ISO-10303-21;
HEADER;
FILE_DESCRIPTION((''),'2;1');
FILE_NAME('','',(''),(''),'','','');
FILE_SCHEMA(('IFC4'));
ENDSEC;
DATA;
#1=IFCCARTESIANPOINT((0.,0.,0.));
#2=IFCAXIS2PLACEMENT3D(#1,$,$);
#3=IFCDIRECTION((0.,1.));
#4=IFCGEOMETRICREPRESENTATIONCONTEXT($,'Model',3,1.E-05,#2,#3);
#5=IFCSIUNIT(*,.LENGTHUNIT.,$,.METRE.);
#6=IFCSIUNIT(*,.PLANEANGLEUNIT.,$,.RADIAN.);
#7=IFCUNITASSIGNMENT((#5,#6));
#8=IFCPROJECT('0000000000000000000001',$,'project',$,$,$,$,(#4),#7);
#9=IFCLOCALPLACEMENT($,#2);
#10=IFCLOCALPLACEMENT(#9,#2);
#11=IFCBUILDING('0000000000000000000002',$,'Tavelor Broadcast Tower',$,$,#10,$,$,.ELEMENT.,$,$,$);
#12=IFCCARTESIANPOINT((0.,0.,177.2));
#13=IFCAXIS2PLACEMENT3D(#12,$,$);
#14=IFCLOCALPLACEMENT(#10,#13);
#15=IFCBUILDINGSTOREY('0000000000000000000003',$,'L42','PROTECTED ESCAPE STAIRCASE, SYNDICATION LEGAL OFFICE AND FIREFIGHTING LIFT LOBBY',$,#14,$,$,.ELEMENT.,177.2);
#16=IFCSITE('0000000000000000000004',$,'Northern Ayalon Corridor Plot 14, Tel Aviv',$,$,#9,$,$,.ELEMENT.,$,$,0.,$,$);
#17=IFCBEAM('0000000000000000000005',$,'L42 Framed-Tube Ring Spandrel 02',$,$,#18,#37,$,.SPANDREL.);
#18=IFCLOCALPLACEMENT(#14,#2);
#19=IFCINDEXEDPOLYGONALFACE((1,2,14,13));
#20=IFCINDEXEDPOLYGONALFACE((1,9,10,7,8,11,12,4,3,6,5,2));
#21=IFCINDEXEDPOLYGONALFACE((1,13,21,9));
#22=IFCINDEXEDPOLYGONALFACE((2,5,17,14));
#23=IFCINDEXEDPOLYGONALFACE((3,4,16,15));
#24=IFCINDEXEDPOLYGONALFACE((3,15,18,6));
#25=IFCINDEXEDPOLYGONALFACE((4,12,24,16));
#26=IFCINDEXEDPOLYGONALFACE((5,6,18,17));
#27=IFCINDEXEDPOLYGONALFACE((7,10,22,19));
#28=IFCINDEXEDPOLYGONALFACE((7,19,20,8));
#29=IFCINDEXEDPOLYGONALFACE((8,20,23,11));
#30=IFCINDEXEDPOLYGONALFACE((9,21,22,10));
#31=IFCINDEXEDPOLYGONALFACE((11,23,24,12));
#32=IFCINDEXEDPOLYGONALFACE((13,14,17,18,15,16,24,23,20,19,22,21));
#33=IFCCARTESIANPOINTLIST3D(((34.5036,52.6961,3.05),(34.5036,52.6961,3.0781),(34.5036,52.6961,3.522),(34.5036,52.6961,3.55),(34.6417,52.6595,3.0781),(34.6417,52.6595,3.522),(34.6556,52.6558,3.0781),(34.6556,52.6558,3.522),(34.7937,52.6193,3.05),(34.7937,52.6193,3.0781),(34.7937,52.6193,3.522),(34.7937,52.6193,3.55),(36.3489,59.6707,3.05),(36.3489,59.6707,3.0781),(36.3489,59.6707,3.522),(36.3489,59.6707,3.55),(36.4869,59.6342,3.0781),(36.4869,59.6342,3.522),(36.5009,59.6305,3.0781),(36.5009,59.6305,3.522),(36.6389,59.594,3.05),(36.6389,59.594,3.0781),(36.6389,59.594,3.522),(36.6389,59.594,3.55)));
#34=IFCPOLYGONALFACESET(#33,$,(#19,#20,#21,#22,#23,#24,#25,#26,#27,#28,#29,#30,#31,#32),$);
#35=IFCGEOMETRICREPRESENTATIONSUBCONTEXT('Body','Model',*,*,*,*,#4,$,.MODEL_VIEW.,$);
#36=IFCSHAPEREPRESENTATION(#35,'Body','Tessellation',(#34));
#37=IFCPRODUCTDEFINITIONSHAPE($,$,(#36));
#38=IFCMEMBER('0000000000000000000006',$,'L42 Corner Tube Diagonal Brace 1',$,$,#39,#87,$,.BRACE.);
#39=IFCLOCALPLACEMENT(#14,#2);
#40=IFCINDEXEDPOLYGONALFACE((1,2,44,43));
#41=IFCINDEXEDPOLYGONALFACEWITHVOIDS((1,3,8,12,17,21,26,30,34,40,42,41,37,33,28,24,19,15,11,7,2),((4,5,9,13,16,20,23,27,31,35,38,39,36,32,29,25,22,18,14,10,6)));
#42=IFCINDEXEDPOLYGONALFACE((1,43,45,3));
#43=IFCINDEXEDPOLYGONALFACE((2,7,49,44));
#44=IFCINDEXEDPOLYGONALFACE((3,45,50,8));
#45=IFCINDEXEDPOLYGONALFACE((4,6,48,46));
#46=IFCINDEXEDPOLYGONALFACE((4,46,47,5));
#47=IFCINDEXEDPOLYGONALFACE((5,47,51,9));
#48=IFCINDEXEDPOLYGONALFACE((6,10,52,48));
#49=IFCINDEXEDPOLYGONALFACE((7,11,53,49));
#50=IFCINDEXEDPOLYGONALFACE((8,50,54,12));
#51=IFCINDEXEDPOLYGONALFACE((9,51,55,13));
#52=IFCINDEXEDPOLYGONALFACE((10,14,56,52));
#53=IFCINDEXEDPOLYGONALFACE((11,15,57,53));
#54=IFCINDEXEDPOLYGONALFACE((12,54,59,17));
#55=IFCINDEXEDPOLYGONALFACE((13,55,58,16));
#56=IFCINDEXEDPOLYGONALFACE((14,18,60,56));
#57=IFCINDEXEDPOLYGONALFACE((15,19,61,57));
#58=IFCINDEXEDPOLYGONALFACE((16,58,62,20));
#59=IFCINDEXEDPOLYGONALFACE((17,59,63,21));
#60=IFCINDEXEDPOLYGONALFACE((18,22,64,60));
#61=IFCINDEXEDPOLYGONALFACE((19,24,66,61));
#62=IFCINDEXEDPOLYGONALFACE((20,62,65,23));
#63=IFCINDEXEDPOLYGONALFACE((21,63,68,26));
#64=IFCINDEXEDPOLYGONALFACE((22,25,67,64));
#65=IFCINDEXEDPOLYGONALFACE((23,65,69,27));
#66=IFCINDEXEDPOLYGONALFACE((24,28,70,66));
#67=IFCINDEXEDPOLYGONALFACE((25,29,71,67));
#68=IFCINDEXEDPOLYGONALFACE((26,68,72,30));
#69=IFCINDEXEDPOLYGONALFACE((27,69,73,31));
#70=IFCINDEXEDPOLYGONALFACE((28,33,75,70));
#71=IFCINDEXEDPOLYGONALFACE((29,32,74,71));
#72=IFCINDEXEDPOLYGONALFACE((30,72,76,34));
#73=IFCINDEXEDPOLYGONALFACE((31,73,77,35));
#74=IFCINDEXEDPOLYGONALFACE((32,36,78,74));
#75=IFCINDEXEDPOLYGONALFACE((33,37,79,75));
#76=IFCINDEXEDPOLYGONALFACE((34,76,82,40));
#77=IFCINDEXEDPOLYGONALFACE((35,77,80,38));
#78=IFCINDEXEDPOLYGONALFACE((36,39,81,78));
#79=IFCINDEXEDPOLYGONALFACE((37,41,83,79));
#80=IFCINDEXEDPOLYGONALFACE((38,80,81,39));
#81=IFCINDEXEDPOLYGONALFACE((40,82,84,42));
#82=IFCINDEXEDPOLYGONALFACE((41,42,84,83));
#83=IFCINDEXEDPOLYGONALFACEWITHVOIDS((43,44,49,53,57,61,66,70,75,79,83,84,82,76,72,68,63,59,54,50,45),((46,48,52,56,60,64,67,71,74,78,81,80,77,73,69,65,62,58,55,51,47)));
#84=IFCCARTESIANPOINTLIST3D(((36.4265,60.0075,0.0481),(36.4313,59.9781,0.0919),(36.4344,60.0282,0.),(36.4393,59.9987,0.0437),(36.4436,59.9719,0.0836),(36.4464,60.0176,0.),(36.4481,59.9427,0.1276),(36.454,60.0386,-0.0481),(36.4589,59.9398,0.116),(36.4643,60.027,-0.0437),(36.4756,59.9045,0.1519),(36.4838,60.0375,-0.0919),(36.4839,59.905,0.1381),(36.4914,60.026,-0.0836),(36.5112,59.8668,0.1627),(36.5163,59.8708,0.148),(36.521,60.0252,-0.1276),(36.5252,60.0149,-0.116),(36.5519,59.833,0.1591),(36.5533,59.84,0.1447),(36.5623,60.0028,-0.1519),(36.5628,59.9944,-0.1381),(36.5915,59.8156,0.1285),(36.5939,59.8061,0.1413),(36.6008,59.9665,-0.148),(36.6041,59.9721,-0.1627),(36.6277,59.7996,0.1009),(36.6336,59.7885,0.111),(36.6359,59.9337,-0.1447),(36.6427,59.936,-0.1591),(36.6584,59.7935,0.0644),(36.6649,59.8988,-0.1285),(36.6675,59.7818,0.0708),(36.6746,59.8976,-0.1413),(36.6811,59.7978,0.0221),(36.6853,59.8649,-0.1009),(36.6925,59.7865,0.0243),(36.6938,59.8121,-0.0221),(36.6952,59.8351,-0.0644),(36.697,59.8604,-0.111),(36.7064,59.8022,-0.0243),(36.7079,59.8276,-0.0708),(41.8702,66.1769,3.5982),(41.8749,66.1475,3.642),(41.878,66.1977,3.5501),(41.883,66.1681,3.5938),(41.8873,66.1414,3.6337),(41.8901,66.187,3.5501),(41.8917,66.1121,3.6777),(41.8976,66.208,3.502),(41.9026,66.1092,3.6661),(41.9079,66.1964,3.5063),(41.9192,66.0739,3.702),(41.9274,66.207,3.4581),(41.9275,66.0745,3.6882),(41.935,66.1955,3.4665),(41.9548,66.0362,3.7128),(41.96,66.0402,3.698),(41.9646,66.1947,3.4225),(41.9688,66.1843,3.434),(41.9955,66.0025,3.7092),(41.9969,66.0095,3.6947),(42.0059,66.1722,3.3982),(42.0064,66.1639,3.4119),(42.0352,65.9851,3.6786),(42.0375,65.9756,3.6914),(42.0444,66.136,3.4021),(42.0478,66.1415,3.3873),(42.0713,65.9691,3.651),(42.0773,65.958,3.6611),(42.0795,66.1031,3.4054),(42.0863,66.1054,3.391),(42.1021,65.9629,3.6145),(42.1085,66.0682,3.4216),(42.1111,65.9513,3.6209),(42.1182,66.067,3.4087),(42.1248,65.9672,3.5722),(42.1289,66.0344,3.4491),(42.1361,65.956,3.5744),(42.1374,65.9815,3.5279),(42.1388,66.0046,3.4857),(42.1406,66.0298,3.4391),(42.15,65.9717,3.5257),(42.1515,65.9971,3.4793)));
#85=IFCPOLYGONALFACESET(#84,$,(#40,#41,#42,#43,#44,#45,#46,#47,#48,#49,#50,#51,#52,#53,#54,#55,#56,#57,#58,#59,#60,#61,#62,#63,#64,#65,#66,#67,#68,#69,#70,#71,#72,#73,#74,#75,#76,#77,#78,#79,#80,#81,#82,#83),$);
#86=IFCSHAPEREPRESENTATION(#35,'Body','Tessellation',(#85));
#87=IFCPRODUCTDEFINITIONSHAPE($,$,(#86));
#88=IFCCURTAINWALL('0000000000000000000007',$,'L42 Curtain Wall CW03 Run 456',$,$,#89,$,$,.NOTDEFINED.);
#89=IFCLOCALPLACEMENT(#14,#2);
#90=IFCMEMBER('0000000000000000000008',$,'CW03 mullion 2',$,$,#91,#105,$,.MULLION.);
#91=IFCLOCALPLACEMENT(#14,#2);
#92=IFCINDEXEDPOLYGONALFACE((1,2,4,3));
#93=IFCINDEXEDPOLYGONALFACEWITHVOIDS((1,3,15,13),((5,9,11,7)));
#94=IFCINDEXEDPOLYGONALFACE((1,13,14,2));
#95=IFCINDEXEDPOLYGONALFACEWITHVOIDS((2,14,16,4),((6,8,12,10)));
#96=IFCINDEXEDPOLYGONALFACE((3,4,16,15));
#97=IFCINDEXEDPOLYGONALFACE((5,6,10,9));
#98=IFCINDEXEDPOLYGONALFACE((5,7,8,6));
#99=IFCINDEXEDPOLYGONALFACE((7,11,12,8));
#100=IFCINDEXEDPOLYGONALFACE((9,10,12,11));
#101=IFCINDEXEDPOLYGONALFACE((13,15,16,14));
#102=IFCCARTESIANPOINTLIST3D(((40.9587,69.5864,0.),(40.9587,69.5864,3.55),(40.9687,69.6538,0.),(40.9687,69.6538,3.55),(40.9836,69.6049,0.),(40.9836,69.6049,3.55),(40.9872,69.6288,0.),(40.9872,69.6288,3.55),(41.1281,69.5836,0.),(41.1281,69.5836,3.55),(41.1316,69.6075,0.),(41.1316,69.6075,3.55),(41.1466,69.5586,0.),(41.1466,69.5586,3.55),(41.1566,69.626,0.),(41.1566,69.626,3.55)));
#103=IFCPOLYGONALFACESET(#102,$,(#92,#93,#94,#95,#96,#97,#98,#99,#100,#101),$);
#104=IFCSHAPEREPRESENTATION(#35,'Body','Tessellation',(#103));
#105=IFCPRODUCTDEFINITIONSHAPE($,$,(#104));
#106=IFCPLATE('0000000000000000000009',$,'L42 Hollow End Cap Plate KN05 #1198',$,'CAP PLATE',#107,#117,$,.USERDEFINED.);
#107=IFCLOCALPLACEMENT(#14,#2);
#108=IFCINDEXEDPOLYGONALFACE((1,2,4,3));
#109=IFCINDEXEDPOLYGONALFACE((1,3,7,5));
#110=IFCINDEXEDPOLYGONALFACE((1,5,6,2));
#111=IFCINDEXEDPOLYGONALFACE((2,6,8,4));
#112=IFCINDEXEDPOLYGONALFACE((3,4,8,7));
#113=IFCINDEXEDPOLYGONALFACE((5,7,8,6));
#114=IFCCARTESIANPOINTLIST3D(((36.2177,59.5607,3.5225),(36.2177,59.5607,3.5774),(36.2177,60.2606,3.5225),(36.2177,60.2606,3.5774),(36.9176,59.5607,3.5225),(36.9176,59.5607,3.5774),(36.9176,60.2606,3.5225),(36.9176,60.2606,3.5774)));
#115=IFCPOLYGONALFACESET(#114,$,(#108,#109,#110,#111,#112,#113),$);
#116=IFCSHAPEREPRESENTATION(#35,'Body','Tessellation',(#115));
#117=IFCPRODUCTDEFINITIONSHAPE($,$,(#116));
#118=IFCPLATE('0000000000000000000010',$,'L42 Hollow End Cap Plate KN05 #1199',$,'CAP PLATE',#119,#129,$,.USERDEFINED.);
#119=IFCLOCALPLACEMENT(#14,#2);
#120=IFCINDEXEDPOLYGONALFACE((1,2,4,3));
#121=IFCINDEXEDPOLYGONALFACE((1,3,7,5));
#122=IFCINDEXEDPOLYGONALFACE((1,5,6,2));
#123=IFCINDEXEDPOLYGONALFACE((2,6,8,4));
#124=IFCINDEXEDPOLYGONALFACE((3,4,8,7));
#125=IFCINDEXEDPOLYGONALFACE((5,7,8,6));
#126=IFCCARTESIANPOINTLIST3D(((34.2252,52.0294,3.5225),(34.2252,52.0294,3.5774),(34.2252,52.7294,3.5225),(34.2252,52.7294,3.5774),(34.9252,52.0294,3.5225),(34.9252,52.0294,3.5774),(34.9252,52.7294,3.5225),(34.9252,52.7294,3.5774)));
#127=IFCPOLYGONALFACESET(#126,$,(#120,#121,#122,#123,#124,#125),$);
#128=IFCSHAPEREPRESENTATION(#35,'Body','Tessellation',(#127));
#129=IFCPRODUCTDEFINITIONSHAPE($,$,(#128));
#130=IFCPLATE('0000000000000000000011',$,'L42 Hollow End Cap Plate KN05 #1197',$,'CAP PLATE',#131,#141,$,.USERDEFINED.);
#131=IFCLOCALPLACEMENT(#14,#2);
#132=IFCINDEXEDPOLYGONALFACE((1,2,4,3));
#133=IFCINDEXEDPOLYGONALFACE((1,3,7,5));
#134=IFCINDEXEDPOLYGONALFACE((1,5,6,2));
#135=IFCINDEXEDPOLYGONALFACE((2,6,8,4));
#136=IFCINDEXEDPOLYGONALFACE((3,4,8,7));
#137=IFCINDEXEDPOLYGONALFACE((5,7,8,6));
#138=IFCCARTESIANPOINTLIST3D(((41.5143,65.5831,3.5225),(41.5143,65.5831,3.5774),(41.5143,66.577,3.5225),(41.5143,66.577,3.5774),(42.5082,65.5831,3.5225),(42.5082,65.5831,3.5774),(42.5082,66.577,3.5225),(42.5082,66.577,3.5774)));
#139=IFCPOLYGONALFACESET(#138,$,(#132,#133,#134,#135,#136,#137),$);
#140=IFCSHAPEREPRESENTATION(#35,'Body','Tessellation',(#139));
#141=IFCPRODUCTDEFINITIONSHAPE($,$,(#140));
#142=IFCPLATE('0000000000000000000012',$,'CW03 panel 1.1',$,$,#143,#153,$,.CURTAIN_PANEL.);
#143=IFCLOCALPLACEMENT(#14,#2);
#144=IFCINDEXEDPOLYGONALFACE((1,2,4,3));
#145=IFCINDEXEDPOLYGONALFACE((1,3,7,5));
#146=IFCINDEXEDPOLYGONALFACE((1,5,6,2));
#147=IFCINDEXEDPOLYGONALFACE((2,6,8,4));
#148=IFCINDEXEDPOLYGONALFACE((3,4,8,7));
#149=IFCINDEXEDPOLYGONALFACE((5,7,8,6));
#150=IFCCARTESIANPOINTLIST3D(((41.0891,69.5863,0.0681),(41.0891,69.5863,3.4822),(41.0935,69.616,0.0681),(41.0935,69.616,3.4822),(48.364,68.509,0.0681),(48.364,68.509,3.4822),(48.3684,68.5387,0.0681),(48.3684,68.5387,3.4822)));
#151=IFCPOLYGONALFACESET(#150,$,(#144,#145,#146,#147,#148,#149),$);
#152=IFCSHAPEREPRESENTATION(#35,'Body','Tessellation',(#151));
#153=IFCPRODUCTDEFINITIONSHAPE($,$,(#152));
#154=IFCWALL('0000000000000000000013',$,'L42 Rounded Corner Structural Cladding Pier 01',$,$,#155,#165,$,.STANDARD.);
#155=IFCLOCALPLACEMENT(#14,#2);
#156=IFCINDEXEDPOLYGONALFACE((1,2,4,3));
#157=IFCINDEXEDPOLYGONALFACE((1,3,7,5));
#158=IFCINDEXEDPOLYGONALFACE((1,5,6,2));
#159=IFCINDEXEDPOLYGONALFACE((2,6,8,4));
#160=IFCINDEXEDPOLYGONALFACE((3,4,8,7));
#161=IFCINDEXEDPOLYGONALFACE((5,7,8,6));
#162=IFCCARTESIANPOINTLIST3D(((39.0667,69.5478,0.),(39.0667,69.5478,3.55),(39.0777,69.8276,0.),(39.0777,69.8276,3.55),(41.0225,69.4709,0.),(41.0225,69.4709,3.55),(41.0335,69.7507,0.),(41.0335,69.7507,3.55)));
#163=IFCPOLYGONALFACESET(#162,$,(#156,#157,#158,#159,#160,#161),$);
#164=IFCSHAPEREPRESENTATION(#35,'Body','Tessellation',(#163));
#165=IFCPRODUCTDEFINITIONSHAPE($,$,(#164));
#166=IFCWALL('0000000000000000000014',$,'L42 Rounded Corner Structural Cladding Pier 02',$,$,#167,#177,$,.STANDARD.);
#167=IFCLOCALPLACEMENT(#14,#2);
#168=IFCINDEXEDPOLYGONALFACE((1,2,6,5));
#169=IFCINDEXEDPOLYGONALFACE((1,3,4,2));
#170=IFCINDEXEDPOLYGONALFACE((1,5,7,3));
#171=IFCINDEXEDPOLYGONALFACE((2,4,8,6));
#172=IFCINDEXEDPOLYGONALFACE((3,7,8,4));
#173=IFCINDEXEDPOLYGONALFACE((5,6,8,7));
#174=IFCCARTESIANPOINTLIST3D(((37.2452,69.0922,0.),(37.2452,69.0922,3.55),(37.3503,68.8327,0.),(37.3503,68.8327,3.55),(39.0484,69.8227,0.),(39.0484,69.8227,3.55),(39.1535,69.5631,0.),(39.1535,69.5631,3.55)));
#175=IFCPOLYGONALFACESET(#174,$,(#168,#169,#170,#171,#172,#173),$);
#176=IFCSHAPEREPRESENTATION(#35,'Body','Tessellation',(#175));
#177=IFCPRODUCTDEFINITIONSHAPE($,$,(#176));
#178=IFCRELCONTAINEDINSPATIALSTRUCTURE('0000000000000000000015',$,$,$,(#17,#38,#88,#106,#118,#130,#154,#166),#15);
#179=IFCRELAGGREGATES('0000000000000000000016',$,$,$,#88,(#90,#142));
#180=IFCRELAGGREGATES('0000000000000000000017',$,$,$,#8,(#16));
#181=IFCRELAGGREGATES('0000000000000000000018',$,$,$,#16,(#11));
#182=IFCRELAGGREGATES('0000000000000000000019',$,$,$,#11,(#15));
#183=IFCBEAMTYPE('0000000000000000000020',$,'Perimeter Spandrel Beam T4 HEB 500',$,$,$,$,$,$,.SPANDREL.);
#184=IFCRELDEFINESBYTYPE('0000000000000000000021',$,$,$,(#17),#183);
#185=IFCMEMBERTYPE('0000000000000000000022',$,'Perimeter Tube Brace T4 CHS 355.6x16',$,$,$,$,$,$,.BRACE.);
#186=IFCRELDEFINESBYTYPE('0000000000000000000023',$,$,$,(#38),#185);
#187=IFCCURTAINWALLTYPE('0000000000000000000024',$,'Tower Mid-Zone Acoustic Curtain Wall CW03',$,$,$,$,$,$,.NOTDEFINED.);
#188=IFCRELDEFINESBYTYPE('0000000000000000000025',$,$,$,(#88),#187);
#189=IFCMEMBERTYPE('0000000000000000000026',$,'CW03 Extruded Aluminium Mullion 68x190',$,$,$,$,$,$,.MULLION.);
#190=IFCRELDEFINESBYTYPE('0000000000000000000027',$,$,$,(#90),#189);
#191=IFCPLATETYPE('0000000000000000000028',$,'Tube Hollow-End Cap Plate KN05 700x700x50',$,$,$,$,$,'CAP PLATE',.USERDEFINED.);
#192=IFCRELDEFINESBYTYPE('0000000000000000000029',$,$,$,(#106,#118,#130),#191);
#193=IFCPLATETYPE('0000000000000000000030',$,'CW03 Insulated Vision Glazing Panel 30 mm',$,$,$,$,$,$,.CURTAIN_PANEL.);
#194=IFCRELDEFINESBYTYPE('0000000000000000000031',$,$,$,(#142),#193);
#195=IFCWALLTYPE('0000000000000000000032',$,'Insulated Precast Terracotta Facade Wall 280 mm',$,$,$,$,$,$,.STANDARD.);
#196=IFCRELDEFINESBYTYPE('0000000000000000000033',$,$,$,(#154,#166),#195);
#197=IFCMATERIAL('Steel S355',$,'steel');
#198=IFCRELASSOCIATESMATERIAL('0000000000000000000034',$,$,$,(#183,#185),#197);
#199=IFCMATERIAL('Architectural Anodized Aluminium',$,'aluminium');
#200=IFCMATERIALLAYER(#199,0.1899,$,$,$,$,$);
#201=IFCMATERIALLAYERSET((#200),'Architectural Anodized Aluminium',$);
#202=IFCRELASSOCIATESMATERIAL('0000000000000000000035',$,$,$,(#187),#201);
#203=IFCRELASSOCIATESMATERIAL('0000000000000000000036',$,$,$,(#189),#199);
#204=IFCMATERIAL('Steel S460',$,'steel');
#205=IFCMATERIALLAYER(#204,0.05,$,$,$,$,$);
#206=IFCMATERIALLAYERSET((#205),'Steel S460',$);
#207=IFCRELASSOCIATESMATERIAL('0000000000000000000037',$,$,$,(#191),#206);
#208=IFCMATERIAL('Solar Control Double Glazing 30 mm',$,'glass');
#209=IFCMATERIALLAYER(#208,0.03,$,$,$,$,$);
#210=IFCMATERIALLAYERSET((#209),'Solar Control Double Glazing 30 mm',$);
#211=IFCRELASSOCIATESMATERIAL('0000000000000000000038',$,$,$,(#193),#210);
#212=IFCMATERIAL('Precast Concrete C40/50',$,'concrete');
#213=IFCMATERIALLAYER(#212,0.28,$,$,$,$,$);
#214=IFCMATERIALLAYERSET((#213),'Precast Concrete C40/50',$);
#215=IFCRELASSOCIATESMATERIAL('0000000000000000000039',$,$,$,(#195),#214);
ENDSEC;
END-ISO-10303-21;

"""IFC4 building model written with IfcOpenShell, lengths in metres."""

from ifc_helpers import new_model, si_unit, direction, frame, frame_2d, origin, origin_2d, place, context, subcontext, project, spatial, rectangle, hollow_rectangle, hollow_circle, i_section, extrude, source, transform, mapped, material, layer, layer_set, material_profile, profile_set, type_object, type_shapes, element, aggregate, save


model = new_model("IFC4")

# Units and contexts
model_context = context("Model", 3, precision=1e-05, world=origin(), true_north=direction((0.0, 1.0)))
body_context = subcontext(model_context, "Body", "Model", "MODEL_VIEW")
ifc_project = project(units=[si_unit("LENGTHUNIT", "METRE"), si_unit("PLANEANGLEUNIT", "RADIAN")], contexts=[model_context])

# Site, building, storey
site_placement = place(None, origin())
site = spatial("IfcSite", under=ifc_project, at=site_placement, Name="Northern Ayalon Corridor Plot 14, Tel Aviv", CompositionType="ELEMENT", RefElevation=0.0)
building_placement = place(site_placement, origin())
building = spatial("IfcBuilding", under=site, at=building_placement, Name="Tavelor Broadcast Tower", CompositionType="ELEMENT")
storey_placement = place(building_placement, frame((0.0, 0.0, 177.2)))
storey = spatial("IfcBuildingStorey", under=building, at=storey_placement, Name="L42", Description="PROTECTED ESCAPE STAIRCASE, SYNDICATION LEGAL OFFICE AND FIREFIGHTING LIFT LOBBY", CompositionType="ELEMENT", Elevation=177.2)

# Shared definitions
ifc_material_1 = material(Name="Steel S460", Category="steel")

# Beam
ifc_material_2 = material(Name="Steel S355", Category="steel")
ifc_material_profile_1 = material_profile(ifc_material_2, i_section(OverallWidth=0.3, OverallDepth=0.5, WebThickness=0.0144, FlangeThickness=0.0281, at=origin_2d()), Name="HEB 500")
ifc_profile_set_1 = profile_set([ifc_material_profile_1], Name="Steel S355")
beam_type_1 = type_object("IfcBeamType", Name="Perimeter Spandrel Beam T4 HEB 500", PredefinedType="SPANDREL", material=ifc_profile_set_1)
beam_1_placement = place(storey_placement, frame((36.4939, 59.6323, 3.3), z_axis=(-0.255762, -0.96674, 0.0), x_axis=(0.96674, -0.255762, 0.0)))
element("IfcBeam", 1, at=beam_1_placement, inside=storey, type_object=beam_type_1, Name="L42 Framed-Tube Ring Spandrel 02", PredefinedType="SPANDREL", context=body_context, shape_type="SweptSolid", body=[
    extrude(i_section(OverallWidth=0.3, OverallDepth=0.5, WebThickness=0.0144, FlangeThickness=0.0281, at=origin_2d()), origin(), (0.0, 0.0, 1.0), 7.2146),
])

# Member
ifc_material_profile_2 = material_profile(ifc_material_2, hollow_circle(Radius=0.1777, WallThickness=0.0161, at=origin_2d()), Name="CHS 355.6x16")
ifc_profile_set_2 = profile_set([ifc_material_profile_2], Name="Steel S355")
member_type_1 = type_object("IfcMemberType", Name="Perimeter Tube Brace T4 CHS 355.6x16", PredefinedType="BRACE", material=ifc_profile_set_2)
member_1_placement = place(storey_placement, frame((36.5676, 59.9106, 0.0), z_axis=(0.607485, 0.688484, 0.396171), x_axis=(-0.749839, 0.661621, 0.0)))
element("IfcMember", 2, at=member_1_placement, inside=storey, type_object=member_type_1, Name="L42 Corner Tube Diagonal Brace 1", PredefinedType="BRACE", context=body_context, shape_type="SweptSolid", body=[
    extrude(hollow_circle(Radius=0.1777, WallThickness=0.0161, at=origin_2d()), origin(), (0.0, 0.0, 1.0), 8.9609),
])

# Curtain wall, member
ifc_material_3 = material(Name="Architectural Anodized Aluminium", Category="aluminium")
ifc_layer_1 = layer(ifc_material_3, 0.1899)
ifc_layer_set_1 = layer_set([ifc_layer_1], Name="Architectural Anodized Aluminium")
curtain_wall_type = type_object("IfcCurtainWallType", Name="Tower Mid-Zone Acoustic Curtain Wall CW03", PredefinedType="NOTDEFINED", material=ifc_layer_set_1)
curtain_wall_placement = place(storey_placement, origin())
curtain_wall = element("IfcCurtainWall", 3, at=curtain_wall_placement, inside=storey, type_object=curtain_wall_type, Name="L42 Curtain Wall CW03 Run 456", PredefinedType="NOTDEFINED")
ifc_material_profile_3 = material_profile(ifc_material_3, hollow_rectangle(XDim=0.0681, YDim=0.1899, WallThickness=0.022, at=origin_2d()), Name="RHS 68x190x22")
ifc_profile_set_3 = profile_set([ifc_material_profile_3], Name="Architectural Anodized Aluminium")
member_type_2 = type_object("IfcMemberType", Name="CW03 Extruded Aluminium Mullion 68x190", PredefinedType="MULLION", material=ifc_profile_set_3)
shared_shape_1 = source(origin(), body_context, "Body", "SweptSolid", [
    extrude(hollow_rectangle(XDim=0.0681, YDim=0.1899, WallThickness=0.022, at=origin_2d()), origin(), (0.0, 0.0, 1.0), 3.55),
])
type_shapes(member_type_2, [shared_shape_1])
member_2_placement = place(storey_placement, frame((41.0576, 69.6062, 0.0), z_axis=(0.0, 0.0, 1.0), x_axis=(-0.146496, -0.989211, 0.0)))
member_2 = element("IfcMember", 4, at=member_2_placement, type_object=member_type_2, Name="CW03 mullion 2", PredefinedType="MULLION", context=body_context, shape_type="MappedRepresentation", body=[
    mapped(shared_shape_1, transform((0.0, 0.0, 0.0), scale=1.0)),
])

# Plates
ifc_layer_2 = layer(ifc_material_1, 0.05)
ifc_layer_set_2 = layer_set([ifc_layer_2], Name="Steel S460")
plate_type_1 = type_object("IfcPlateType", Name="Tube Hollow-End Cap Plate KN05 700x700x50", ElementType="CAP PLATE", PredefinedType="USERDEFINED", material=ifc_layer_set_2)
shared_shape_2 = source(origin(), body_context, "Body", "SweptSolid", [
    extrude(rectangle(XDim=0.7, YDim=0.7, at=origin_2d()), origin(), (0.0, 0.0, 1.0), 0.0549),
])
for number, where, z_axis, x_axis, name in (
    (5, (36.5676, 59.9106, 3.5225), (0.0, 0.0, 1.0), (1.0, 0.0, 0.0), "L42 Hollow End Cap Plate KN05 #1198"),
    (6, (34.5752, 52.3794, 3.5225), (0.0, 0.0, 1.0), (1.0, 0.0, 0.0), "L42 Hollow End Cap Plate KN05 #1199"),
):
    element("IfcPlate", number, at=place(storey_placement, frame(where, z_axis=z_axis, x_axis=x_axis)), inside=storey, type_object=plate_type_1, Name=name, ObjectType="CAP PLATE", PredefinedType="USERDEFINED", context=body_context, shape_type="MappedRepresentation", body=[
        mapped(shared_shape_2, transform((0.0, 0.0, 0.0), scale=1.0)),
    ])
shared_shape_3 = source(origin(), body_context, "Body", "SweptSolid", [
    extrude(rectangle(XDim=0.9939, YDim=0.9939, at=origin_2d()), origin(), (0.0, 0.0, 1.0), 0.0549),
])
type_shapes(plate_type_1, [shared_shape_2, shared_shape_3])
plate_1_placement = place(storey_placement, frame((42.0112, 66.0801, 3.5225), z_axis=(0.0, 0.0, 1.0), x_axis=(1.0, 0.0, 0.0)))
element("IfcPlate", 7, at=plate_1_placement, inside=storey, type_object=plate_type_1, Name="L42 Hollow End Cap Plate KN05 #1197", ObjectType="CAP PLATE", PredefinedType="USERDEFINED", context=body_context, shape_type="MappedRepresentation", body=[
    mapped(shared_shape_3, transform((0.0, 0.0, 0.0), scale=1.0)),
])

# Plate
ifc_material_4 = material(Name="Solar Control Double Glazing 30 mm", Category="glass")
ifc_layer_3 = layer(ifc_material_4, 0.03)
ifc_layer_set_3 = layer_set([ifc_layer_3], Name="Solar Control Double Glazing 30 mm")
plate_type_2 = type_object("IfcPlateType", Name="CW03 Insulated Vision Glazing Panel 30 mm", PredefinedType="CURTAIN_PANEL", material=ifc_layer_set_3)
shared_shape_4 = source(origin(), body_context, "Body", "SweptSolid", [
    extrude(rectangle(XDim=7.3542, YDim=0.03, at=origin_2d()), origin(), (0.0, 0.0, 1.0), 3.4141),
])
type_shapes(plate_type_2, [shared_shape_4])
plate_2_placement = place(storey_placement, frame((44.7288, 69.0625, 0.0681), z_axis=(0.0, 0.0, 1.0), x_axis=(-0.989211, 0.146496, 0.0)))
plate_2 = element("IfcPlate", 8, at=plate_2_placement, type_object=plate_type_2, Name="CW03 panel 1.1", PredefinedType="CURTAIN_PANEL", context=body_context, shape_type="MappedRepresentation", body=[
    mapped(shared_shape_4, transform((0.0, 0.0, 0.0), scale=1.0)),
])
aggregate(curtain_wall, [member_2, plate_2])

# Walls
ifc_material_5 = material(Name="Precast Concrete C40/50", Category="concrete")
ifc_layer_4 = layer(ifc_material_5, 0.28)
ifc_layer_set_4 = layer_set([ifc_layer_4], Name="Precast Concrete C40/50")
wall_type_1 = type_object("IfcWallType", Name="Insulated Precast Terracotta Facade Wall 280 mm", PredefinedType="STANDARD", material=ifc_layer_set_4)
wall_1_placement = place(storey_placement, frame((41.0278, 69.6108, 0.0), z_axis=(0.0, 0.0, 1.0), x_axis=(-0.999228, 0.039291, 0.0)))
element("IfcWall", 9, at=wall_1_placement, inside=storey, type_object=wall_type_1, Name="L42 Rounded Corner Structural Cladding Pier 01", PredefinedType="STANDARD", context=body_context, shape_type="SweptSolid", body=[
    extrude(rectangle(XDim=1.9573, YDim=0.28, at=frame_2d((0.9785, 0.0))), origin(), (0.0, 0.0, 1.0), 3.55),
])
wall_2_placement = place(storey_placement, frame((39.1008, 69.6929, 0.0), z_axis=(0.0, 0.0, 1.0), x_axis=(-0.926841, -0.375455, 0.0)))
element("IfcWall", 10, at=wall_2_placement, inside=storey, type_object=wall_type_1, Name="L42 Rounded Corner Structural Cladding Pier 02", PredefinedType="STANDARD", context=body_context, shape_type="SweptSolid", body=[
    extrude(rectangle(XDim=1.9456, YDim=0.28, at=frame_2d((0.9727, 0.0))), origin(), (0.0, 0.0, 1.0), 3.55),
])

save(model, "model.ifc")
